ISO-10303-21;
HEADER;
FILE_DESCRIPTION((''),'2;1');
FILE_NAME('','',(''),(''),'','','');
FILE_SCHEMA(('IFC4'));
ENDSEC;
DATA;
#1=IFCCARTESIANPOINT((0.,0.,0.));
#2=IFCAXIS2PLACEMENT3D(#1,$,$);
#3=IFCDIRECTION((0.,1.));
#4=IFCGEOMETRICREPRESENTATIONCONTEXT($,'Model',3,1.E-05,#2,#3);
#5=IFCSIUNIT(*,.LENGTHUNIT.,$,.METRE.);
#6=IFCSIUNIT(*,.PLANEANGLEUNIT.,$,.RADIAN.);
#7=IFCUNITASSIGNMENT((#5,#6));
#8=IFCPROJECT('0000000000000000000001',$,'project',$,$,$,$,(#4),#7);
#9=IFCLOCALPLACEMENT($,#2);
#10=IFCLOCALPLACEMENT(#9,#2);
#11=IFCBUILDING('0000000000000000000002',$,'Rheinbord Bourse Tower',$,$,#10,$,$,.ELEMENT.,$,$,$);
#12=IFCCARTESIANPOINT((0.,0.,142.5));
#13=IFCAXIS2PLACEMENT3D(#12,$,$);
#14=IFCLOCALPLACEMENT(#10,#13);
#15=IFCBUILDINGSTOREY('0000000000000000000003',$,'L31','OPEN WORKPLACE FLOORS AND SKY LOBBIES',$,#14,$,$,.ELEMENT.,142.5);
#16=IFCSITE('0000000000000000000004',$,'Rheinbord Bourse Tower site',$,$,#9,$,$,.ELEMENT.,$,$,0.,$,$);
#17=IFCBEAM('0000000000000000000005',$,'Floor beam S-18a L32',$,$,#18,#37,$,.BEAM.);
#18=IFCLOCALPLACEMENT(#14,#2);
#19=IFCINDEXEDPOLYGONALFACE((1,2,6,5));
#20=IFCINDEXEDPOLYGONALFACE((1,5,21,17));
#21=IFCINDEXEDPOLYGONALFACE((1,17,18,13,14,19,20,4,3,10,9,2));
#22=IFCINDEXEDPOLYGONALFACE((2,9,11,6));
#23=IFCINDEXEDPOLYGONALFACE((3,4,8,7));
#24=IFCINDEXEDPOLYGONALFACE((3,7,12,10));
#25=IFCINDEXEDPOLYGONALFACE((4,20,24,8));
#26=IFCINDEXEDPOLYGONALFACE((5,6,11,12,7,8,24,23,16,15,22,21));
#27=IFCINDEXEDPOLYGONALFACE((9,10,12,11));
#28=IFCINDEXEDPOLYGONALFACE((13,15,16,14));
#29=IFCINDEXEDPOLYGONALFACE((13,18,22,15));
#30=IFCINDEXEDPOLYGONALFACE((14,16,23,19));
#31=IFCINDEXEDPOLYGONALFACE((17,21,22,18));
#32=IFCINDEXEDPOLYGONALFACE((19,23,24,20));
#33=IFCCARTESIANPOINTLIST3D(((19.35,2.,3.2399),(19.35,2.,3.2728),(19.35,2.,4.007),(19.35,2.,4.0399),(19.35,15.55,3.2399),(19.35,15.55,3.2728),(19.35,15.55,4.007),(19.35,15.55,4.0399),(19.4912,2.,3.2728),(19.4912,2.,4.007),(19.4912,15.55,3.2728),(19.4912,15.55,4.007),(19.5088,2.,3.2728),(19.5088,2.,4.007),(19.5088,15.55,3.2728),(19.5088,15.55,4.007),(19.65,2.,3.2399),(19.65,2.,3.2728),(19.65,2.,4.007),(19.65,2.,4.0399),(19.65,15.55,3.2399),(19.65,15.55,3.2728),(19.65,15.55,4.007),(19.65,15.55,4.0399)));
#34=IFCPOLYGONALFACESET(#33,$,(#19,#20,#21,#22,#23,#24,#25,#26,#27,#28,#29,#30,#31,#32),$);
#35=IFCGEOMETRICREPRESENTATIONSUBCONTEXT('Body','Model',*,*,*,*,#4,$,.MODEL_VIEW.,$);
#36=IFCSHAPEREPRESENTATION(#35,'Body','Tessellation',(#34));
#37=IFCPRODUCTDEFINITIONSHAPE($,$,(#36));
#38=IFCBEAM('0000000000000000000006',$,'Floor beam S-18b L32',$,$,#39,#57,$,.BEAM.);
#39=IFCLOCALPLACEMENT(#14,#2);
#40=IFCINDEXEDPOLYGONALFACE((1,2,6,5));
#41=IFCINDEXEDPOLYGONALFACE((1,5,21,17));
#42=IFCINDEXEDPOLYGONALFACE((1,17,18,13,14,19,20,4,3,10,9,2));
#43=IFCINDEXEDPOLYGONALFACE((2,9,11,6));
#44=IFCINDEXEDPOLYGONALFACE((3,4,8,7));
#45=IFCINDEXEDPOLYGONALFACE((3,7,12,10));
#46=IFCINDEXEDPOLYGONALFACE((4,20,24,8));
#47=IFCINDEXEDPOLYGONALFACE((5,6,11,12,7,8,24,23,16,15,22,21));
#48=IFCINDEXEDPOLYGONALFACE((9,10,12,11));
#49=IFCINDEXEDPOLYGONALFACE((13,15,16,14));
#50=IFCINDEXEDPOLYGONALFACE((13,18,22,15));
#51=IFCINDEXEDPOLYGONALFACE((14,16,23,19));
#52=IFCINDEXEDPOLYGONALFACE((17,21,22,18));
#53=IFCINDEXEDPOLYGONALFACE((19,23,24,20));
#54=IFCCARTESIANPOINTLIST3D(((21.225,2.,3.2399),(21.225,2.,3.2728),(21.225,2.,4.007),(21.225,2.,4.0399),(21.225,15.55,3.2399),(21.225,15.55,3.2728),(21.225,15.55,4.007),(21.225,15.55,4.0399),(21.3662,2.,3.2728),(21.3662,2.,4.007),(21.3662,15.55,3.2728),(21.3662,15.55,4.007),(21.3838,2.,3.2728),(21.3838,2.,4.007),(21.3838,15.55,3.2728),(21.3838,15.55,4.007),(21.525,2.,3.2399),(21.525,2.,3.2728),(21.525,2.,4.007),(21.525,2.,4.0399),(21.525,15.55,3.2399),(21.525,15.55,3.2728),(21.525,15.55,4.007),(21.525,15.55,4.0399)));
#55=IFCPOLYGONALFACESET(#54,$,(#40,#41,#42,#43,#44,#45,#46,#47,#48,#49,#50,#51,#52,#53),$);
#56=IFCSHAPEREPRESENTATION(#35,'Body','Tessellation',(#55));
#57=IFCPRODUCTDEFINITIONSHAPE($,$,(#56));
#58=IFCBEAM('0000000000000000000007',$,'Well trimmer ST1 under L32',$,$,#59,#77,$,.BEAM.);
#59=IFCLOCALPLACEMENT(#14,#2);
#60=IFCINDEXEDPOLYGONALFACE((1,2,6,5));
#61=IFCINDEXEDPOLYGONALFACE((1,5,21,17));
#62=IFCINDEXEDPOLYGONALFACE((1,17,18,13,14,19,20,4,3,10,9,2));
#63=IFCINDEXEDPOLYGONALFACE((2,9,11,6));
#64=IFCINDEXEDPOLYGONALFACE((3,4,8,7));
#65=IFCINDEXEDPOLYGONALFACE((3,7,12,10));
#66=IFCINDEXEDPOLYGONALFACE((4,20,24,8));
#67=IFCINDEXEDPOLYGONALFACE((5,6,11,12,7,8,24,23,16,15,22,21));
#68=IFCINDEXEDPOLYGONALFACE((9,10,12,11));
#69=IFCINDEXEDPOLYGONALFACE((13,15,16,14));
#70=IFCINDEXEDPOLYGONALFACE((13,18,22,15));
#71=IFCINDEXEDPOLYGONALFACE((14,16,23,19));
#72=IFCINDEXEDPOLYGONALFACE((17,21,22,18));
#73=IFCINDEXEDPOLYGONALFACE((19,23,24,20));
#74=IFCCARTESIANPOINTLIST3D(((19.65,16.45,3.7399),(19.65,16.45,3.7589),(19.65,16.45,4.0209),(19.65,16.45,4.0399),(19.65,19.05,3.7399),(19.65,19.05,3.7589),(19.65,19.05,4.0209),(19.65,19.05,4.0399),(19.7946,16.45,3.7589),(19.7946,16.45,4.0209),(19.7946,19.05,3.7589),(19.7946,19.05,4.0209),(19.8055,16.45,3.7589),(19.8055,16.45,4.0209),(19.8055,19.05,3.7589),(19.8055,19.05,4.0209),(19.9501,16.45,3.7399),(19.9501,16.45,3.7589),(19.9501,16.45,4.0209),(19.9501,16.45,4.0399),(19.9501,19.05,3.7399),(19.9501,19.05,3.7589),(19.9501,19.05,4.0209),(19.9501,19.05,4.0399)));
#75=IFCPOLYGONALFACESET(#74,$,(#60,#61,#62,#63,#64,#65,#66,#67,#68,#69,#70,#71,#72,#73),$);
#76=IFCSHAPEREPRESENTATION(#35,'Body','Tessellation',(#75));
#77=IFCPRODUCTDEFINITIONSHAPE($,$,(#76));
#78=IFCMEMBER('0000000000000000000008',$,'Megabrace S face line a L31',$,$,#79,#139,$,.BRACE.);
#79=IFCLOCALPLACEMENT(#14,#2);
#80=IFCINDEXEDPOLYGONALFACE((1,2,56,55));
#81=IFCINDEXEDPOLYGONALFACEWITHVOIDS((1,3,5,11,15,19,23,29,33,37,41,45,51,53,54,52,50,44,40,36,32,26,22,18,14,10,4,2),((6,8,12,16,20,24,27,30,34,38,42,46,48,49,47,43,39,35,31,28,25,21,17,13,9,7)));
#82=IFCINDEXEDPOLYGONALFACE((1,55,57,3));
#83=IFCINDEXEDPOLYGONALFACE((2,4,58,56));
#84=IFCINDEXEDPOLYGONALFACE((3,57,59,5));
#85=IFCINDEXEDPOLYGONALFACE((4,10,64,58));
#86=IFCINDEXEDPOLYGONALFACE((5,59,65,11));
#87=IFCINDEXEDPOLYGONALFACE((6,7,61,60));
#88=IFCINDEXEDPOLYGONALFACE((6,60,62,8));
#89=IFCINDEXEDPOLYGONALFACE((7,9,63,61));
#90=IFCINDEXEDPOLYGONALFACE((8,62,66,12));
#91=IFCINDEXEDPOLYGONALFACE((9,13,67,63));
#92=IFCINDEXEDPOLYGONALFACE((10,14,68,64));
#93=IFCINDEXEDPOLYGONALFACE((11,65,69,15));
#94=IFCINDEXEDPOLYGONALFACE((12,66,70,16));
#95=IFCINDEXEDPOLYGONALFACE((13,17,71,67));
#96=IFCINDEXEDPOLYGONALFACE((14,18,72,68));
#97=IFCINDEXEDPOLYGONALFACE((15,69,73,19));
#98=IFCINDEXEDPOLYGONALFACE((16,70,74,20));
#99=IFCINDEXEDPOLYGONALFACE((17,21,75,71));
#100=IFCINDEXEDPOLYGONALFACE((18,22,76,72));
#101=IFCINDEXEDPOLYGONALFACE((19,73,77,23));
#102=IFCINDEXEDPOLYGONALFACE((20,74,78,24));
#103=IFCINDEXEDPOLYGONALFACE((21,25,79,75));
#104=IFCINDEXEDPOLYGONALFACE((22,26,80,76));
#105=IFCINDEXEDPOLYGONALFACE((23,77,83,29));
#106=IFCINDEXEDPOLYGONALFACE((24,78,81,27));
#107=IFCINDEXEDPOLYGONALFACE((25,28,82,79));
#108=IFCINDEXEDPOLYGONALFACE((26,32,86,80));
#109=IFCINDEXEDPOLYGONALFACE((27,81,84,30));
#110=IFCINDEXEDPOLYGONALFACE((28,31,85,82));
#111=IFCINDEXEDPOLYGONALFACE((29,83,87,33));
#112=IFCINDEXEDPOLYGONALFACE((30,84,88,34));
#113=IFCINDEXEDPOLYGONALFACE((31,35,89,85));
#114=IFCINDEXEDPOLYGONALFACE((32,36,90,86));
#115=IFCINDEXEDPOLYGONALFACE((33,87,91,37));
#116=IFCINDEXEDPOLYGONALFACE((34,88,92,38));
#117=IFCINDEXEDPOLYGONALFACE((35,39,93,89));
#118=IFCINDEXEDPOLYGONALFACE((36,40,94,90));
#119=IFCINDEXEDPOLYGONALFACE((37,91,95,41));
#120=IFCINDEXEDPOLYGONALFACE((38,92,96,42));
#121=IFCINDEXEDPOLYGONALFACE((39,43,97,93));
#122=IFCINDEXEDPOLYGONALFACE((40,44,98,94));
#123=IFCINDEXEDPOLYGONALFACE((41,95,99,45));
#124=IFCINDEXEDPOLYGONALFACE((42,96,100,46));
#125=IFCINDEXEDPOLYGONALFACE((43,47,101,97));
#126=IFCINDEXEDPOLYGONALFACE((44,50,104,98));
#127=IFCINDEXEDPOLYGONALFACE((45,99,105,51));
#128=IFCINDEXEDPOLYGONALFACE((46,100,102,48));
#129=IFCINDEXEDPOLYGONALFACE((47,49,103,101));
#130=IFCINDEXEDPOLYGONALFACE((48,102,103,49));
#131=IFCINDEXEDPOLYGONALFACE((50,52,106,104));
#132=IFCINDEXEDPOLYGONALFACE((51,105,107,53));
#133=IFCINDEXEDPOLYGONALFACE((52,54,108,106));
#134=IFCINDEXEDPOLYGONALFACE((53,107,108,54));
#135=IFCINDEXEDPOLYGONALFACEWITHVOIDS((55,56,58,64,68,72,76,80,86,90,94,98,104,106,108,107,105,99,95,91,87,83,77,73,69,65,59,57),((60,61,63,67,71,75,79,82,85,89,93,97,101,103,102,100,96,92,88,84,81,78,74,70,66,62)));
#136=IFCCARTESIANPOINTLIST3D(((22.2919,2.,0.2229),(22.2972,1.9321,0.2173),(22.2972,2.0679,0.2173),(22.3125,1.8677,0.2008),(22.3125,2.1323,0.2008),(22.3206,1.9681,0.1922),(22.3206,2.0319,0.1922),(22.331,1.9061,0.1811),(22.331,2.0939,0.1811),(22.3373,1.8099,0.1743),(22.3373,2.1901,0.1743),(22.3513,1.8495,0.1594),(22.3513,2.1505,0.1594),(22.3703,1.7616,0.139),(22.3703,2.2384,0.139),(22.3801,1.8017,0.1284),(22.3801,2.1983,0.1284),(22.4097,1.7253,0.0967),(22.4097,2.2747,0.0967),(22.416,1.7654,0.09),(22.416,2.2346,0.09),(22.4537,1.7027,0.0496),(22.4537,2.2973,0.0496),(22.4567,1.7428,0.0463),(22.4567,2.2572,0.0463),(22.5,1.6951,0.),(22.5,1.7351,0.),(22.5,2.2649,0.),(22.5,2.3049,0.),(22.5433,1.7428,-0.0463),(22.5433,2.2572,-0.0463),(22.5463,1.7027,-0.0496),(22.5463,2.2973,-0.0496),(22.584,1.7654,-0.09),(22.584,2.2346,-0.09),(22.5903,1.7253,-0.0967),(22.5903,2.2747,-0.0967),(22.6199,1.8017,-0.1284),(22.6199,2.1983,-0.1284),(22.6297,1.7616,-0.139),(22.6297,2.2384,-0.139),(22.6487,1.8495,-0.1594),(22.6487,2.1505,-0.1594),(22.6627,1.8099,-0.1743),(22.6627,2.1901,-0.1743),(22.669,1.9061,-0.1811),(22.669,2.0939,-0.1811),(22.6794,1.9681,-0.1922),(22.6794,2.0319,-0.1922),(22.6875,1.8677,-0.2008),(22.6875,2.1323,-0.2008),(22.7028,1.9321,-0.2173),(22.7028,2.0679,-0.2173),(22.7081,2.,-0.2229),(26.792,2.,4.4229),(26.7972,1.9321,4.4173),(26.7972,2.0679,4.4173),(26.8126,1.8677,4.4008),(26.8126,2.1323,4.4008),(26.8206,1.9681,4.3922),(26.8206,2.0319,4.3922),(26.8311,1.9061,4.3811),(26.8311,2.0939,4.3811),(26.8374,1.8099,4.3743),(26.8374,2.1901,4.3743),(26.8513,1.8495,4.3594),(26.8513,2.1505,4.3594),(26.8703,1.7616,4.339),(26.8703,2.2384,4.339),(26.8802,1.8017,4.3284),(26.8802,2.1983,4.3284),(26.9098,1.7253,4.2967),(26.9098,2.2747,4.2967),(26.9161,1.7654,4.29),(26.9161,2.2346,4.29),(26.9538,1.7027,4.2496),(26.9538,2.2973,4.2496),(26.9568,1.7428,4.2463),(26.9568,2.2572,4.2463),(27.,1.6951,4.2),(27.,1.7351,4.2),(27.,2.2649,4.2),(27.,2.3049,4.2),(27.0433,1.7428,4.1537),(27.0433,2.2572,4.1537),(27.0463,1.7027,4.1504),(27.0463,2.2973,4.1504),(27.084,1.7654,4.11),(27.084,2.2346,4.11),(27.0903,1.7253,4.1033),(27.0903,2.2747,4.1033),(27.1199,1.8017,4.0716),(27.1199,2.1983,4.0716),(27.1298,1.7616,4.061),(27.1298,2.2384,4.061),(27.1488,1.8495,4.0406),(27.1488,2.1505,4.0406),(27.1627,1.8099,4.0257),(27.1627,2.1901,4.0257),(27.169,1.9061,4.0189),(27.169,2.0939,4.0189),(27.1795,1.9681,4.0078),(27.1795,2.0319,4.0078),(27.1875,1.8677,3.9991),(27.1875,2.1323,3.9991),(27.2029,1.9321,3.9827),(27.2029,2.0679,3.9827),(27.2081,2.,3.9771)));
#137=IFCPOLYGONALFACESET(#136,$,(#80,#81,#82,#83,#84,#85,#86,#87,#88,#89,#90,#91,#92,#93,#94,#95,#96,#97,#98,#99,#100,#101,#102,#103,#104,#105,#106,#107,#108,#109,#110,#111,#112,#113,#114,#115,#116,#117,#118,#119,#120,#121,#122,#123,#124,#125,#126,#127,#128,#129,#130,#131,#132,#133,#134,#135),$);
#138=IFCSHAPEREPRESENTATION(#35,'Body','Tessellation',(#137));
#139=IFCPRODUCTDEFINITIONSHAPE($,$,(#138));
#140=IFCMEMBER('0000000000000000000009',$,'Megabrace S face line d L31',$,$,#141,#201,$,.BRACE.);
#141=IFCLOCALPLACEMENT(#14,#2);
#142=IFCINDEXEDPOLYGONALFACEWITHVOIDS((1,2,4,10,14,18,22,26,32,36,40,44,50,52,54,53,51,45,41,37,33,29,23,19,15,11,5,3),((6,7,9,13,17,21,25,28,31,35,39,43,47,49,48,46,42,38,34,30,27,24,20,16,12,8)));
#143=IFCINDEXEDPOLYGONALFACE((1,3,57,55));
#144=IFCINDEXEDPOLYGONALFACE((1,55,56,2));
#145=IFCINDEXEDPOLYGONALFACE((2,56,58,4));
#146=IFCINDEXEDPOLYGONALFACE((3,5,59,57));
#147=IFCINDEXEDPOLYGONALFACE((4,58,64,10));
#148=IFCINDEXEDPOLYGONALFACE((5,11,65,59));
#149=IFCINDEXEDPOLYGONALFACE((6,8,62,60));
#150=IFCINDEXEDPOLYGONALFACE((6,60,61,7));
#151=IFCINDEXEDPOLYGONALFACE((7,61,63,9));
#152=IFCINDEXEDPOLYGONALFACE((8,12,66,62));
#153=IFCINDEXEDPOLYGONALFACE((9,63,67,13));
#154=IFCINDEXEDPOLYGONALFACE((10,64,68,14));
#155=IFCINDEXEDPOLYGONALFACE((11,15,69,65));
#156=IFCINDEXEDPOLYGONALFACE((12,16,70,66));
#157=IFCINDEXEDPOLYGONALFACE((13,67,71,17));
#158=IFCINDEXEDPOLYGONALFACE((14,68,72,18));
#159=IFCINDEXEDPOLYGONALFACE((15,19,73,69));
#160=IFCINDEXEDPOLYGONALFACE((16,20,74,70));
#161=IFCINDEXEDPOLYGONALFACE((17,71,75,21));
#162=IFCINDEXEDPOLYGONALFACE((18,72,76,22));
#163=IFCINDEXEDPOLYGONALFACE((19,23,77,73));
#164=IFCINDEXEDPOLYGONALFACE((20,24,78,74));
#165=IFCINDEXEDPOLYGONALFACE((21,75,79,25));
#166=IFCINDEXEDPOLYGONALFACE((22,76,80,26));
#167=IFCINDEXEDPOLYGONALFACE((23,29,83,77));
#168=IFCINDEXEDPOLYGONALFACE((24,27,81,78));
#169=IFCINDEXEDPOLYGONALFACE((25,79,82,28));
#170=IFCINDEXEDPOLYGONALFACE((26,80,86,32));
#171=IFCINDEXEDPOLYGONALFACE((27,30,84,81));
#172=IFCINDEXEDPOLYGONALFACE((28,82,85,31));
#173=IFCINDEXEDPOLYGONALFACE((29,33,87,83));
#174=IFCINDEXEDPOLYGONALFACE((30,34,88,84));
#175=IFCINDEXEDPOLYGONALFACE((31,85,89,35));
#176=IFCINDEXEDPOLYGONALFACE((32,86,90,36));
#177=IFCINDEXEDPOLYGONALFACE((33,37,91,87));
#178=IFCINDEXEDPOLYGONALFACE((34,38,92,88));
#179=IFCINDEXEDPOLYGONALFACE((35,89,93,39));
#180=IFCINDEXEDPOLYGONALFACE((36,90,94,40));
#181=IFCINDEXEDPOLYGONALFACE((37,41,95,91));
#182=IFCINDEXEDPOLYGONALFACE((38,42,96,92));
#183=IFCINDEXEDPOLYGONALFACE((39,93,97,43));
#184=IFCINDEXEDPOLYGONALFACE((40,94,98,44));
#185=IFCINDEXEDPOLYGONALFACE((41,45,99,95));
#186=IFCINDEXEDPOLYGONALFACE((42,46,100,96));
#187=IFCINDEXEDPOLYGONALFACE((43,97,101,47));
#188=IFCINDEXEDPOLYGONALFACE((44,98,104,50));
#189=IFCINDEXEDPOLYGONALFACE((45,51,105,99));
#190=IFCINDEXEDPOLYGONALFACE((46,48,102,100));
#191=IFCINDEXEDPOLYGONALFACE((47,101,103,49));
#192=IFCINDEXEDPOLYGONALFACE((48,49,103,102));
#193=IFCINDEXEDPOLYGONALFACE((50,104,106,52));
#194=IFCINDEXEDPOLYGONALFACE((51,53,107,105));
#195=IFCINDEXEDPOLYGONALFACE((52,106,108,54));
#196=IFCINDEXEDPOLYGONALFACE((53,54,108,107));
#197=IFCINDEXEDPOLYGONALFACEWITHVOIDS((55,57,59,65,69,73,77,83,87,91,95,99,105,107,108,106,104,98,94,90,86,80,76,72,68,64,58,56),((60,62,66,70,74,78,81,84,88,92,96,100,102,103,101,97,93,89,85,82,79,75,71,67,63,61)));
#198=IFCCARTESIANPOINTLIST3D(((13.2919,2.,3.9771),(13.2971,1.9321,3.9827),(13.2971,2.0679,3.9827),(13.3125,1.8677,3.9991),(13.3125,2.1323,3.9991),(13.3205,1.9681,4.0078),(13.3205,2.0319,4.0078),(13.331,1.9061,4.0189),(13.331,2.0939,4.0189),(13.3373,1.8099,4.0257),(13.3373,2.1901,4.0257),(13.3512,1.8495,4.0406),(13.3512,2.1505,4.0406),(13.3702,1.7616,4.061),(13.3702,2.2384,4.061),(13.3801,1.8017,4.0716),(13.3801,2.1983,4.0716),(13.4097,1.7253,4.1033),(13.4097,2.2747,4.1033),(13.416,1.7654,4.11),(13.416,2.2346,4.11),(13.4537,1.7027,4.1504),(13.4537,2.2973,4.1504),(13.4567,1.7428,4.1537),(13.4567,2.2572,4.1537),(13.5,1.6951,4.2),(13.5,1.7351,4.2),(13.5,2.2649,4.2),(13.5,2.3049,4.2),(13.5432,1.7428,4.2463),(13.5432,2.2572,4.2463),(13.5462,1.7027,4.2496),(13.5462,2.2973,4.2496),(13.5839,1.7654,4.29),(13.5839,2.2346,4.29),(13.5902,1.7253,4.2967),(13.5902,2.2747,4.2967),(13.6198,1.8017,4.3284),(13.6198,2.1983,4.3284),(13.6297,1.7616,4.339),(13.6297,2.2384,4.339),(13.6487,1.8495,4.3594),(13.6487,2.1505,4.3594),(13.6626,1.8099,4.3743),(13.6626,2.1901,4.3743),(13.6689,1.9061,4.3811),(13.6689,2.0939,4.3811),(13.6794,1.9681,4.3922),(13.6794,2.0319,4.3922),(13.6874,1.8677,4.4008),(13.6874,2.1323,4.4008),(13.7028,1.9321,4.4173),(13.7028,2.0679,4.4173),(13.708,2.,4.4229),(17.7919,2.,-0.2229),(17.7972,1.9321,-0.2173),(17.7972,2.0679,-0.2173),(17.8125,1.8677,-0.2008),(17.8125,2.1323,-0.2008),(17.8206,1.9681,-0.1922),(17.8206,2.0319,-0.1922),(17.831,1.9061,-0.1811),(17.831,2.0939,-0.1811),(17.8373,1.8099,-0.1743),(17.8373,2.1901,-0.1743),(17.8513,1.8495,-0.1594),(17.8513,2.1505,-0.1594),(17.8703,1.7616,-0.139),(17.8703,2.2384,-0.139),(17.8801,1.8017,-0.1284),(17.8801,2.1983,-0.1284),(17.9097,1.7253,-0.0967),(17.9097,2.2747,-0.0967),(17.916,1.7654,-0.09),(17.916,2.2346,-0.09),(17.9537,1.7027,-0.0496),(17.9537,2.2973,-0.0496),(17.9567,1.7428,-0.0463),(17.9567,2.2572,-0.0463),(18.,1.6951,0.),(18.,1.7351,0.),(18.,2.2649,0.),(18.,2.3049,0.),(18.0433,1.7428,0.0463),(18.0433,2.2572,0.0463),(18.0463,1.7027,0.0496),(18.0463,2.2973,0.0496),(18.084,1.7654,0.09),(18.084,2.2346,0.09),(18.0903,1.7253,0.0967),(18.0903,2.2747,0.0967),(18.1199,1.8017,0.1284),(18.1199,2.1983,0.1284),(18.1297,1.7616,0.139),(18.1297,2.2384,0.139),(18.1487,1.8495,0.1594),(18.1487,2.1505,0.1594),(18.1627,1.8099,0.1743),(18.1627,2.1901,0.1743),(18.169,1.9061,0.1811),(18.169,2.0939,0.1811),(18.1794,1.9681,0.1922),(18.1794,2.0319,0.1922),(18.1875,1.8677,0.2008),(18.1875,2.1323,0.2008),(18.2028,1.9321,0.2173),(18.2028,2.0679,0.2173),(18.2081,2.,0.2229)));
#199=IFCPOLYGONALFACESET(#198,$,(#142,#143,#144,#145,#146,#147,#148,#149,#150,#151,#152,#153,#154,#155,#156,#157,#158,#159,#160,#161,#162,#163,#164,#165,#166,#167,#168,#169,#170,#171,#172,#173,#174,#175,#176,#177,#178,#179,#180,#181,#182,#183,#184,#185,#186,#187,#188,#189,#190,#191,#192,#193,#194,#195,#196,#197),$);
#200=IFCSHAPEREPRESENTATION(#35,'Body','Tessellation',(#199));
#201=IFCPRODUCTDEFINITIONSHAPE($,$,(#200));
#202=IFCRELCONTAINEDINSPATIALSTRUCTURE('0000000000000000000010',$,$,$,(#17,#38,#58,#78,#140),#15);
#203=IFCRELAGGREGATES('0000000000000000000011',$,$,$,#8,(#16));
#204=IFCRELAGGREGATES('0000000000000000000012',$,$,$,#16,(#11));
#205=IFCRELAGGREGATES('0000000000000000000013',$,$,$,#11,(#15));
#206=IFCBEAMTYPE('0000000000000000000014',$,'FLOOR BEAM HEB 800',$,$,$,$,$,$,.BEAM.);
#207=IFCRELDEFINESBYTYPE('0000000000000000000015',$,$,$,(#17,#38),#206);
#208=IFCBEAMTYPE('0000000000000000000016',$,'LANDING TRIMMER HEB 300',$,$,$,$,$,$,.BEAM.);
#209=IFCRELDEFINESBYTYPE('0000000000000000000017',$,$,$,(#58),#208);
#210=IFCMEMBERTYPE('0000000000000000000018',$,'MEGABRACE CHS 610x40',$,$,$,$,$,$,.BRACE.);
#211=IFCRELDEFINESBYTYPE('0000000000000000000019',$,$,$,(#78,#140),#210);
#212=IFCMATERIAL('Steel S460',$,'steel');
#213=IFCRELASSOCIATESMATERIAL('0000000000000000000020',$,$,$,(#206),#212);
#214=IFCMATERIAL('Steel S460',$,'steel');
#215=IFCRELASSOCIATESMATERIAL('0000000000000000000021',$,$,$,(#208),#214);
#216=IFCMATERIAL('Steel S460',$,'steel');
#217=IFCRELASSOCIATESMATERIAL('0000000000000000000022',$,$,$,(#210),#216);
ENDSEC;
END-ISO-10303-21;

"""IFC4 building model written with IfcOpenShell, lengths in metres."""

from ifc_helpers import new_model, si_unit, direction, frame, origin, origin_2d, place, context, subcontext, project, spatial, hollow_circle, i_section, extrude, material, material_profile, profile_set, type_object, element, save


model = new_model("IFC4")

# Units and contexts
model_context = context("Model", 3, precision=1e-05, world=origin(), true_north=direction((0.0, 1.0)))
body_context = subcontext(model_context, "Body", "Model", "MODEL_VIEW")
ifc_project = project(units=[si_unit("LENGTHUNIT", "METRE"), si_unit("PLANEANGLEUNIT", "RADIAN")], contexts=[model_context])

# Site, building, storey
site_placement = place(None, origin())
site = spatial("IfcSite", under=ifc_project, at=site_placement, Name="Rheinbord Bourse Tower site", CompositionType="ELEMENT", RefElevation=0.0)
building_placement = place(site_placement, origin())
building = spatial("IfcBuilding", under=site, at=building_placement, Name="Rheinbord Bourse Tower", CompositionType="ELEMENT")
storey_placement = place(building_placement, frame((0.0, 0.0, 142.5)))
storey = spatial("IfcBuildingStorey", under=building, at=storey_placement, Name="L31", Description="OPEN WORKPLACE FLOORS AND SKY LOBBIES", CompositionType="ELEMENT", Elevation=142.5)

# Beams
ifc_material_1 = material(Name="Steel S460", Category="steel")
ifc_material_profile_1 = material_profile(ifc_material_1, i_section(OverallWidth=0.3, OverallDepth=0.8, WebThickness=0.0176, FlangeThickness=0.033, at=origin_2d()), Name="HEB 800")
ifc_profile_set_1 = profile_set([ifc_material_profile_1], Name="Steel S460")
beam_type_1 = type_object("IfcBeamType", Name="FLOOR BEAM HEB 800", PredefinedType="BEAM", material=ifc_profile_set_1)
for number, where, z_axis, x_axis, name in (
    (1, (19.5, 2.0, 3.6399), (0.0, 1.0, 0.0), (-1.0, 0.0, 0.0), "Floor beam S-18a L32"),
    (2, (21.375, 2.0, 3.6399), (0.0, 1.0, 0.0), (-1.0, 0.0, 0.0), "Floor beam S-18b L32"),
):
    element("IfcBeam", number, at=place(storey_placement, frame(where, z_axis=z_axis, x_axis=x_axis)), inside=storey, type_object=beam_type_1, Name=name, PredefinedType="BEAM", context=body_context, shape_type="SweptSolid", body=[
        extrude(i_section(OverallWidth=0.3, OverallDepth=0.8, WebThickness=0.0176, FlangeThickness=0.033, at=origin_2d()), origin(), (0.0, 0.0, 1.0), 13.55),
    ])
ifc_material_2 = material(Name="Steel S460", Category="steel")
ifc_material_profile_2 = material_profile(ifc_material_2, i_section(OverallWidth=0.3, OverallDepth=0.3, WebThickness=0.011, FlangeThickness=0.019, at=origin_2d()), Name="HEB 300")
ifc_profile_set_2 = profile_set([ifc_material_profile_2], Name="Steel S460")
beam_type_2 = type_object("IfcBeamType", Name="LANDING TRIMMER HEB 300", PredefinedType="BEAM", material=ifc_profile_set_2)
beam_placement = place(storey_placement, frame((19.8, 16.45, 3.8899), z_axis=(0.0, 1.0, 0.0), x_axis=(-1.0, 0.0, 0.0)))
element("IfcBeam", 3, at=beam_placement, inside=storey, type_object=beam_type_2, Name="Well trimmer ST1 under L32", PredefinedType="BEAM", context=body_context, shape_type="SweptSolid", body=[
    extrude(i_section(OverallWidth=0.3, OverallDepth=0.3, WebThickness=0.011, FlangeThickness=0.019, at=origin_2d()), origin(), (0.0, 0.0, 1.0), 2.6001),
])

# Members
ifc_material_3 = material(Name="Steel S460", Category="steel")
ifc_material_profile_3 = material_profile(ifc_material_3, hollow_circle(Radius=0.3049, WallThickness=0.04, at=origin_2d()), Name="CHS 610x40")
ifc_profile_set_3 = profile_set([ifc_material_profile_3], Name="Steel S460")
member_type_1 = type_object("IfcMemberType", Name="MEGABRACE CHS 610x40", PredefinedType="BRACE", material=ifc_profile_set_3)
for number, where, z_axis, x_axis, name in (
    (4, (22.5, 2.0, 0.0), (0.731059, 0.0, 0.682314), (0.0, 1.0, 0.0), "Megabrace S face line a L31"),
    (5, (18.0, 2.0, 0.0), (-0.731059, 0.0, 0.682314), (0.0, -1.0, 0.0), "Megabrace S face line d L31"),
):
    element("IfcMember", number, at=place(storey_placement, frame(where, z_axis=z_axis, x_axis=x_axis)), inside=storey, type_object=member_type_1, Name=name, PredefinedType="BRACE", context=body_context, shape_type="SweptSolid", body=[
        extrude(hollow_circle(Radius=0.3049, WallThickness=0.04, at=origin_2d()), origin(), (0.0, 0.0, 1.0), 6.1555),
    ])

save(model, "model.ifc")
